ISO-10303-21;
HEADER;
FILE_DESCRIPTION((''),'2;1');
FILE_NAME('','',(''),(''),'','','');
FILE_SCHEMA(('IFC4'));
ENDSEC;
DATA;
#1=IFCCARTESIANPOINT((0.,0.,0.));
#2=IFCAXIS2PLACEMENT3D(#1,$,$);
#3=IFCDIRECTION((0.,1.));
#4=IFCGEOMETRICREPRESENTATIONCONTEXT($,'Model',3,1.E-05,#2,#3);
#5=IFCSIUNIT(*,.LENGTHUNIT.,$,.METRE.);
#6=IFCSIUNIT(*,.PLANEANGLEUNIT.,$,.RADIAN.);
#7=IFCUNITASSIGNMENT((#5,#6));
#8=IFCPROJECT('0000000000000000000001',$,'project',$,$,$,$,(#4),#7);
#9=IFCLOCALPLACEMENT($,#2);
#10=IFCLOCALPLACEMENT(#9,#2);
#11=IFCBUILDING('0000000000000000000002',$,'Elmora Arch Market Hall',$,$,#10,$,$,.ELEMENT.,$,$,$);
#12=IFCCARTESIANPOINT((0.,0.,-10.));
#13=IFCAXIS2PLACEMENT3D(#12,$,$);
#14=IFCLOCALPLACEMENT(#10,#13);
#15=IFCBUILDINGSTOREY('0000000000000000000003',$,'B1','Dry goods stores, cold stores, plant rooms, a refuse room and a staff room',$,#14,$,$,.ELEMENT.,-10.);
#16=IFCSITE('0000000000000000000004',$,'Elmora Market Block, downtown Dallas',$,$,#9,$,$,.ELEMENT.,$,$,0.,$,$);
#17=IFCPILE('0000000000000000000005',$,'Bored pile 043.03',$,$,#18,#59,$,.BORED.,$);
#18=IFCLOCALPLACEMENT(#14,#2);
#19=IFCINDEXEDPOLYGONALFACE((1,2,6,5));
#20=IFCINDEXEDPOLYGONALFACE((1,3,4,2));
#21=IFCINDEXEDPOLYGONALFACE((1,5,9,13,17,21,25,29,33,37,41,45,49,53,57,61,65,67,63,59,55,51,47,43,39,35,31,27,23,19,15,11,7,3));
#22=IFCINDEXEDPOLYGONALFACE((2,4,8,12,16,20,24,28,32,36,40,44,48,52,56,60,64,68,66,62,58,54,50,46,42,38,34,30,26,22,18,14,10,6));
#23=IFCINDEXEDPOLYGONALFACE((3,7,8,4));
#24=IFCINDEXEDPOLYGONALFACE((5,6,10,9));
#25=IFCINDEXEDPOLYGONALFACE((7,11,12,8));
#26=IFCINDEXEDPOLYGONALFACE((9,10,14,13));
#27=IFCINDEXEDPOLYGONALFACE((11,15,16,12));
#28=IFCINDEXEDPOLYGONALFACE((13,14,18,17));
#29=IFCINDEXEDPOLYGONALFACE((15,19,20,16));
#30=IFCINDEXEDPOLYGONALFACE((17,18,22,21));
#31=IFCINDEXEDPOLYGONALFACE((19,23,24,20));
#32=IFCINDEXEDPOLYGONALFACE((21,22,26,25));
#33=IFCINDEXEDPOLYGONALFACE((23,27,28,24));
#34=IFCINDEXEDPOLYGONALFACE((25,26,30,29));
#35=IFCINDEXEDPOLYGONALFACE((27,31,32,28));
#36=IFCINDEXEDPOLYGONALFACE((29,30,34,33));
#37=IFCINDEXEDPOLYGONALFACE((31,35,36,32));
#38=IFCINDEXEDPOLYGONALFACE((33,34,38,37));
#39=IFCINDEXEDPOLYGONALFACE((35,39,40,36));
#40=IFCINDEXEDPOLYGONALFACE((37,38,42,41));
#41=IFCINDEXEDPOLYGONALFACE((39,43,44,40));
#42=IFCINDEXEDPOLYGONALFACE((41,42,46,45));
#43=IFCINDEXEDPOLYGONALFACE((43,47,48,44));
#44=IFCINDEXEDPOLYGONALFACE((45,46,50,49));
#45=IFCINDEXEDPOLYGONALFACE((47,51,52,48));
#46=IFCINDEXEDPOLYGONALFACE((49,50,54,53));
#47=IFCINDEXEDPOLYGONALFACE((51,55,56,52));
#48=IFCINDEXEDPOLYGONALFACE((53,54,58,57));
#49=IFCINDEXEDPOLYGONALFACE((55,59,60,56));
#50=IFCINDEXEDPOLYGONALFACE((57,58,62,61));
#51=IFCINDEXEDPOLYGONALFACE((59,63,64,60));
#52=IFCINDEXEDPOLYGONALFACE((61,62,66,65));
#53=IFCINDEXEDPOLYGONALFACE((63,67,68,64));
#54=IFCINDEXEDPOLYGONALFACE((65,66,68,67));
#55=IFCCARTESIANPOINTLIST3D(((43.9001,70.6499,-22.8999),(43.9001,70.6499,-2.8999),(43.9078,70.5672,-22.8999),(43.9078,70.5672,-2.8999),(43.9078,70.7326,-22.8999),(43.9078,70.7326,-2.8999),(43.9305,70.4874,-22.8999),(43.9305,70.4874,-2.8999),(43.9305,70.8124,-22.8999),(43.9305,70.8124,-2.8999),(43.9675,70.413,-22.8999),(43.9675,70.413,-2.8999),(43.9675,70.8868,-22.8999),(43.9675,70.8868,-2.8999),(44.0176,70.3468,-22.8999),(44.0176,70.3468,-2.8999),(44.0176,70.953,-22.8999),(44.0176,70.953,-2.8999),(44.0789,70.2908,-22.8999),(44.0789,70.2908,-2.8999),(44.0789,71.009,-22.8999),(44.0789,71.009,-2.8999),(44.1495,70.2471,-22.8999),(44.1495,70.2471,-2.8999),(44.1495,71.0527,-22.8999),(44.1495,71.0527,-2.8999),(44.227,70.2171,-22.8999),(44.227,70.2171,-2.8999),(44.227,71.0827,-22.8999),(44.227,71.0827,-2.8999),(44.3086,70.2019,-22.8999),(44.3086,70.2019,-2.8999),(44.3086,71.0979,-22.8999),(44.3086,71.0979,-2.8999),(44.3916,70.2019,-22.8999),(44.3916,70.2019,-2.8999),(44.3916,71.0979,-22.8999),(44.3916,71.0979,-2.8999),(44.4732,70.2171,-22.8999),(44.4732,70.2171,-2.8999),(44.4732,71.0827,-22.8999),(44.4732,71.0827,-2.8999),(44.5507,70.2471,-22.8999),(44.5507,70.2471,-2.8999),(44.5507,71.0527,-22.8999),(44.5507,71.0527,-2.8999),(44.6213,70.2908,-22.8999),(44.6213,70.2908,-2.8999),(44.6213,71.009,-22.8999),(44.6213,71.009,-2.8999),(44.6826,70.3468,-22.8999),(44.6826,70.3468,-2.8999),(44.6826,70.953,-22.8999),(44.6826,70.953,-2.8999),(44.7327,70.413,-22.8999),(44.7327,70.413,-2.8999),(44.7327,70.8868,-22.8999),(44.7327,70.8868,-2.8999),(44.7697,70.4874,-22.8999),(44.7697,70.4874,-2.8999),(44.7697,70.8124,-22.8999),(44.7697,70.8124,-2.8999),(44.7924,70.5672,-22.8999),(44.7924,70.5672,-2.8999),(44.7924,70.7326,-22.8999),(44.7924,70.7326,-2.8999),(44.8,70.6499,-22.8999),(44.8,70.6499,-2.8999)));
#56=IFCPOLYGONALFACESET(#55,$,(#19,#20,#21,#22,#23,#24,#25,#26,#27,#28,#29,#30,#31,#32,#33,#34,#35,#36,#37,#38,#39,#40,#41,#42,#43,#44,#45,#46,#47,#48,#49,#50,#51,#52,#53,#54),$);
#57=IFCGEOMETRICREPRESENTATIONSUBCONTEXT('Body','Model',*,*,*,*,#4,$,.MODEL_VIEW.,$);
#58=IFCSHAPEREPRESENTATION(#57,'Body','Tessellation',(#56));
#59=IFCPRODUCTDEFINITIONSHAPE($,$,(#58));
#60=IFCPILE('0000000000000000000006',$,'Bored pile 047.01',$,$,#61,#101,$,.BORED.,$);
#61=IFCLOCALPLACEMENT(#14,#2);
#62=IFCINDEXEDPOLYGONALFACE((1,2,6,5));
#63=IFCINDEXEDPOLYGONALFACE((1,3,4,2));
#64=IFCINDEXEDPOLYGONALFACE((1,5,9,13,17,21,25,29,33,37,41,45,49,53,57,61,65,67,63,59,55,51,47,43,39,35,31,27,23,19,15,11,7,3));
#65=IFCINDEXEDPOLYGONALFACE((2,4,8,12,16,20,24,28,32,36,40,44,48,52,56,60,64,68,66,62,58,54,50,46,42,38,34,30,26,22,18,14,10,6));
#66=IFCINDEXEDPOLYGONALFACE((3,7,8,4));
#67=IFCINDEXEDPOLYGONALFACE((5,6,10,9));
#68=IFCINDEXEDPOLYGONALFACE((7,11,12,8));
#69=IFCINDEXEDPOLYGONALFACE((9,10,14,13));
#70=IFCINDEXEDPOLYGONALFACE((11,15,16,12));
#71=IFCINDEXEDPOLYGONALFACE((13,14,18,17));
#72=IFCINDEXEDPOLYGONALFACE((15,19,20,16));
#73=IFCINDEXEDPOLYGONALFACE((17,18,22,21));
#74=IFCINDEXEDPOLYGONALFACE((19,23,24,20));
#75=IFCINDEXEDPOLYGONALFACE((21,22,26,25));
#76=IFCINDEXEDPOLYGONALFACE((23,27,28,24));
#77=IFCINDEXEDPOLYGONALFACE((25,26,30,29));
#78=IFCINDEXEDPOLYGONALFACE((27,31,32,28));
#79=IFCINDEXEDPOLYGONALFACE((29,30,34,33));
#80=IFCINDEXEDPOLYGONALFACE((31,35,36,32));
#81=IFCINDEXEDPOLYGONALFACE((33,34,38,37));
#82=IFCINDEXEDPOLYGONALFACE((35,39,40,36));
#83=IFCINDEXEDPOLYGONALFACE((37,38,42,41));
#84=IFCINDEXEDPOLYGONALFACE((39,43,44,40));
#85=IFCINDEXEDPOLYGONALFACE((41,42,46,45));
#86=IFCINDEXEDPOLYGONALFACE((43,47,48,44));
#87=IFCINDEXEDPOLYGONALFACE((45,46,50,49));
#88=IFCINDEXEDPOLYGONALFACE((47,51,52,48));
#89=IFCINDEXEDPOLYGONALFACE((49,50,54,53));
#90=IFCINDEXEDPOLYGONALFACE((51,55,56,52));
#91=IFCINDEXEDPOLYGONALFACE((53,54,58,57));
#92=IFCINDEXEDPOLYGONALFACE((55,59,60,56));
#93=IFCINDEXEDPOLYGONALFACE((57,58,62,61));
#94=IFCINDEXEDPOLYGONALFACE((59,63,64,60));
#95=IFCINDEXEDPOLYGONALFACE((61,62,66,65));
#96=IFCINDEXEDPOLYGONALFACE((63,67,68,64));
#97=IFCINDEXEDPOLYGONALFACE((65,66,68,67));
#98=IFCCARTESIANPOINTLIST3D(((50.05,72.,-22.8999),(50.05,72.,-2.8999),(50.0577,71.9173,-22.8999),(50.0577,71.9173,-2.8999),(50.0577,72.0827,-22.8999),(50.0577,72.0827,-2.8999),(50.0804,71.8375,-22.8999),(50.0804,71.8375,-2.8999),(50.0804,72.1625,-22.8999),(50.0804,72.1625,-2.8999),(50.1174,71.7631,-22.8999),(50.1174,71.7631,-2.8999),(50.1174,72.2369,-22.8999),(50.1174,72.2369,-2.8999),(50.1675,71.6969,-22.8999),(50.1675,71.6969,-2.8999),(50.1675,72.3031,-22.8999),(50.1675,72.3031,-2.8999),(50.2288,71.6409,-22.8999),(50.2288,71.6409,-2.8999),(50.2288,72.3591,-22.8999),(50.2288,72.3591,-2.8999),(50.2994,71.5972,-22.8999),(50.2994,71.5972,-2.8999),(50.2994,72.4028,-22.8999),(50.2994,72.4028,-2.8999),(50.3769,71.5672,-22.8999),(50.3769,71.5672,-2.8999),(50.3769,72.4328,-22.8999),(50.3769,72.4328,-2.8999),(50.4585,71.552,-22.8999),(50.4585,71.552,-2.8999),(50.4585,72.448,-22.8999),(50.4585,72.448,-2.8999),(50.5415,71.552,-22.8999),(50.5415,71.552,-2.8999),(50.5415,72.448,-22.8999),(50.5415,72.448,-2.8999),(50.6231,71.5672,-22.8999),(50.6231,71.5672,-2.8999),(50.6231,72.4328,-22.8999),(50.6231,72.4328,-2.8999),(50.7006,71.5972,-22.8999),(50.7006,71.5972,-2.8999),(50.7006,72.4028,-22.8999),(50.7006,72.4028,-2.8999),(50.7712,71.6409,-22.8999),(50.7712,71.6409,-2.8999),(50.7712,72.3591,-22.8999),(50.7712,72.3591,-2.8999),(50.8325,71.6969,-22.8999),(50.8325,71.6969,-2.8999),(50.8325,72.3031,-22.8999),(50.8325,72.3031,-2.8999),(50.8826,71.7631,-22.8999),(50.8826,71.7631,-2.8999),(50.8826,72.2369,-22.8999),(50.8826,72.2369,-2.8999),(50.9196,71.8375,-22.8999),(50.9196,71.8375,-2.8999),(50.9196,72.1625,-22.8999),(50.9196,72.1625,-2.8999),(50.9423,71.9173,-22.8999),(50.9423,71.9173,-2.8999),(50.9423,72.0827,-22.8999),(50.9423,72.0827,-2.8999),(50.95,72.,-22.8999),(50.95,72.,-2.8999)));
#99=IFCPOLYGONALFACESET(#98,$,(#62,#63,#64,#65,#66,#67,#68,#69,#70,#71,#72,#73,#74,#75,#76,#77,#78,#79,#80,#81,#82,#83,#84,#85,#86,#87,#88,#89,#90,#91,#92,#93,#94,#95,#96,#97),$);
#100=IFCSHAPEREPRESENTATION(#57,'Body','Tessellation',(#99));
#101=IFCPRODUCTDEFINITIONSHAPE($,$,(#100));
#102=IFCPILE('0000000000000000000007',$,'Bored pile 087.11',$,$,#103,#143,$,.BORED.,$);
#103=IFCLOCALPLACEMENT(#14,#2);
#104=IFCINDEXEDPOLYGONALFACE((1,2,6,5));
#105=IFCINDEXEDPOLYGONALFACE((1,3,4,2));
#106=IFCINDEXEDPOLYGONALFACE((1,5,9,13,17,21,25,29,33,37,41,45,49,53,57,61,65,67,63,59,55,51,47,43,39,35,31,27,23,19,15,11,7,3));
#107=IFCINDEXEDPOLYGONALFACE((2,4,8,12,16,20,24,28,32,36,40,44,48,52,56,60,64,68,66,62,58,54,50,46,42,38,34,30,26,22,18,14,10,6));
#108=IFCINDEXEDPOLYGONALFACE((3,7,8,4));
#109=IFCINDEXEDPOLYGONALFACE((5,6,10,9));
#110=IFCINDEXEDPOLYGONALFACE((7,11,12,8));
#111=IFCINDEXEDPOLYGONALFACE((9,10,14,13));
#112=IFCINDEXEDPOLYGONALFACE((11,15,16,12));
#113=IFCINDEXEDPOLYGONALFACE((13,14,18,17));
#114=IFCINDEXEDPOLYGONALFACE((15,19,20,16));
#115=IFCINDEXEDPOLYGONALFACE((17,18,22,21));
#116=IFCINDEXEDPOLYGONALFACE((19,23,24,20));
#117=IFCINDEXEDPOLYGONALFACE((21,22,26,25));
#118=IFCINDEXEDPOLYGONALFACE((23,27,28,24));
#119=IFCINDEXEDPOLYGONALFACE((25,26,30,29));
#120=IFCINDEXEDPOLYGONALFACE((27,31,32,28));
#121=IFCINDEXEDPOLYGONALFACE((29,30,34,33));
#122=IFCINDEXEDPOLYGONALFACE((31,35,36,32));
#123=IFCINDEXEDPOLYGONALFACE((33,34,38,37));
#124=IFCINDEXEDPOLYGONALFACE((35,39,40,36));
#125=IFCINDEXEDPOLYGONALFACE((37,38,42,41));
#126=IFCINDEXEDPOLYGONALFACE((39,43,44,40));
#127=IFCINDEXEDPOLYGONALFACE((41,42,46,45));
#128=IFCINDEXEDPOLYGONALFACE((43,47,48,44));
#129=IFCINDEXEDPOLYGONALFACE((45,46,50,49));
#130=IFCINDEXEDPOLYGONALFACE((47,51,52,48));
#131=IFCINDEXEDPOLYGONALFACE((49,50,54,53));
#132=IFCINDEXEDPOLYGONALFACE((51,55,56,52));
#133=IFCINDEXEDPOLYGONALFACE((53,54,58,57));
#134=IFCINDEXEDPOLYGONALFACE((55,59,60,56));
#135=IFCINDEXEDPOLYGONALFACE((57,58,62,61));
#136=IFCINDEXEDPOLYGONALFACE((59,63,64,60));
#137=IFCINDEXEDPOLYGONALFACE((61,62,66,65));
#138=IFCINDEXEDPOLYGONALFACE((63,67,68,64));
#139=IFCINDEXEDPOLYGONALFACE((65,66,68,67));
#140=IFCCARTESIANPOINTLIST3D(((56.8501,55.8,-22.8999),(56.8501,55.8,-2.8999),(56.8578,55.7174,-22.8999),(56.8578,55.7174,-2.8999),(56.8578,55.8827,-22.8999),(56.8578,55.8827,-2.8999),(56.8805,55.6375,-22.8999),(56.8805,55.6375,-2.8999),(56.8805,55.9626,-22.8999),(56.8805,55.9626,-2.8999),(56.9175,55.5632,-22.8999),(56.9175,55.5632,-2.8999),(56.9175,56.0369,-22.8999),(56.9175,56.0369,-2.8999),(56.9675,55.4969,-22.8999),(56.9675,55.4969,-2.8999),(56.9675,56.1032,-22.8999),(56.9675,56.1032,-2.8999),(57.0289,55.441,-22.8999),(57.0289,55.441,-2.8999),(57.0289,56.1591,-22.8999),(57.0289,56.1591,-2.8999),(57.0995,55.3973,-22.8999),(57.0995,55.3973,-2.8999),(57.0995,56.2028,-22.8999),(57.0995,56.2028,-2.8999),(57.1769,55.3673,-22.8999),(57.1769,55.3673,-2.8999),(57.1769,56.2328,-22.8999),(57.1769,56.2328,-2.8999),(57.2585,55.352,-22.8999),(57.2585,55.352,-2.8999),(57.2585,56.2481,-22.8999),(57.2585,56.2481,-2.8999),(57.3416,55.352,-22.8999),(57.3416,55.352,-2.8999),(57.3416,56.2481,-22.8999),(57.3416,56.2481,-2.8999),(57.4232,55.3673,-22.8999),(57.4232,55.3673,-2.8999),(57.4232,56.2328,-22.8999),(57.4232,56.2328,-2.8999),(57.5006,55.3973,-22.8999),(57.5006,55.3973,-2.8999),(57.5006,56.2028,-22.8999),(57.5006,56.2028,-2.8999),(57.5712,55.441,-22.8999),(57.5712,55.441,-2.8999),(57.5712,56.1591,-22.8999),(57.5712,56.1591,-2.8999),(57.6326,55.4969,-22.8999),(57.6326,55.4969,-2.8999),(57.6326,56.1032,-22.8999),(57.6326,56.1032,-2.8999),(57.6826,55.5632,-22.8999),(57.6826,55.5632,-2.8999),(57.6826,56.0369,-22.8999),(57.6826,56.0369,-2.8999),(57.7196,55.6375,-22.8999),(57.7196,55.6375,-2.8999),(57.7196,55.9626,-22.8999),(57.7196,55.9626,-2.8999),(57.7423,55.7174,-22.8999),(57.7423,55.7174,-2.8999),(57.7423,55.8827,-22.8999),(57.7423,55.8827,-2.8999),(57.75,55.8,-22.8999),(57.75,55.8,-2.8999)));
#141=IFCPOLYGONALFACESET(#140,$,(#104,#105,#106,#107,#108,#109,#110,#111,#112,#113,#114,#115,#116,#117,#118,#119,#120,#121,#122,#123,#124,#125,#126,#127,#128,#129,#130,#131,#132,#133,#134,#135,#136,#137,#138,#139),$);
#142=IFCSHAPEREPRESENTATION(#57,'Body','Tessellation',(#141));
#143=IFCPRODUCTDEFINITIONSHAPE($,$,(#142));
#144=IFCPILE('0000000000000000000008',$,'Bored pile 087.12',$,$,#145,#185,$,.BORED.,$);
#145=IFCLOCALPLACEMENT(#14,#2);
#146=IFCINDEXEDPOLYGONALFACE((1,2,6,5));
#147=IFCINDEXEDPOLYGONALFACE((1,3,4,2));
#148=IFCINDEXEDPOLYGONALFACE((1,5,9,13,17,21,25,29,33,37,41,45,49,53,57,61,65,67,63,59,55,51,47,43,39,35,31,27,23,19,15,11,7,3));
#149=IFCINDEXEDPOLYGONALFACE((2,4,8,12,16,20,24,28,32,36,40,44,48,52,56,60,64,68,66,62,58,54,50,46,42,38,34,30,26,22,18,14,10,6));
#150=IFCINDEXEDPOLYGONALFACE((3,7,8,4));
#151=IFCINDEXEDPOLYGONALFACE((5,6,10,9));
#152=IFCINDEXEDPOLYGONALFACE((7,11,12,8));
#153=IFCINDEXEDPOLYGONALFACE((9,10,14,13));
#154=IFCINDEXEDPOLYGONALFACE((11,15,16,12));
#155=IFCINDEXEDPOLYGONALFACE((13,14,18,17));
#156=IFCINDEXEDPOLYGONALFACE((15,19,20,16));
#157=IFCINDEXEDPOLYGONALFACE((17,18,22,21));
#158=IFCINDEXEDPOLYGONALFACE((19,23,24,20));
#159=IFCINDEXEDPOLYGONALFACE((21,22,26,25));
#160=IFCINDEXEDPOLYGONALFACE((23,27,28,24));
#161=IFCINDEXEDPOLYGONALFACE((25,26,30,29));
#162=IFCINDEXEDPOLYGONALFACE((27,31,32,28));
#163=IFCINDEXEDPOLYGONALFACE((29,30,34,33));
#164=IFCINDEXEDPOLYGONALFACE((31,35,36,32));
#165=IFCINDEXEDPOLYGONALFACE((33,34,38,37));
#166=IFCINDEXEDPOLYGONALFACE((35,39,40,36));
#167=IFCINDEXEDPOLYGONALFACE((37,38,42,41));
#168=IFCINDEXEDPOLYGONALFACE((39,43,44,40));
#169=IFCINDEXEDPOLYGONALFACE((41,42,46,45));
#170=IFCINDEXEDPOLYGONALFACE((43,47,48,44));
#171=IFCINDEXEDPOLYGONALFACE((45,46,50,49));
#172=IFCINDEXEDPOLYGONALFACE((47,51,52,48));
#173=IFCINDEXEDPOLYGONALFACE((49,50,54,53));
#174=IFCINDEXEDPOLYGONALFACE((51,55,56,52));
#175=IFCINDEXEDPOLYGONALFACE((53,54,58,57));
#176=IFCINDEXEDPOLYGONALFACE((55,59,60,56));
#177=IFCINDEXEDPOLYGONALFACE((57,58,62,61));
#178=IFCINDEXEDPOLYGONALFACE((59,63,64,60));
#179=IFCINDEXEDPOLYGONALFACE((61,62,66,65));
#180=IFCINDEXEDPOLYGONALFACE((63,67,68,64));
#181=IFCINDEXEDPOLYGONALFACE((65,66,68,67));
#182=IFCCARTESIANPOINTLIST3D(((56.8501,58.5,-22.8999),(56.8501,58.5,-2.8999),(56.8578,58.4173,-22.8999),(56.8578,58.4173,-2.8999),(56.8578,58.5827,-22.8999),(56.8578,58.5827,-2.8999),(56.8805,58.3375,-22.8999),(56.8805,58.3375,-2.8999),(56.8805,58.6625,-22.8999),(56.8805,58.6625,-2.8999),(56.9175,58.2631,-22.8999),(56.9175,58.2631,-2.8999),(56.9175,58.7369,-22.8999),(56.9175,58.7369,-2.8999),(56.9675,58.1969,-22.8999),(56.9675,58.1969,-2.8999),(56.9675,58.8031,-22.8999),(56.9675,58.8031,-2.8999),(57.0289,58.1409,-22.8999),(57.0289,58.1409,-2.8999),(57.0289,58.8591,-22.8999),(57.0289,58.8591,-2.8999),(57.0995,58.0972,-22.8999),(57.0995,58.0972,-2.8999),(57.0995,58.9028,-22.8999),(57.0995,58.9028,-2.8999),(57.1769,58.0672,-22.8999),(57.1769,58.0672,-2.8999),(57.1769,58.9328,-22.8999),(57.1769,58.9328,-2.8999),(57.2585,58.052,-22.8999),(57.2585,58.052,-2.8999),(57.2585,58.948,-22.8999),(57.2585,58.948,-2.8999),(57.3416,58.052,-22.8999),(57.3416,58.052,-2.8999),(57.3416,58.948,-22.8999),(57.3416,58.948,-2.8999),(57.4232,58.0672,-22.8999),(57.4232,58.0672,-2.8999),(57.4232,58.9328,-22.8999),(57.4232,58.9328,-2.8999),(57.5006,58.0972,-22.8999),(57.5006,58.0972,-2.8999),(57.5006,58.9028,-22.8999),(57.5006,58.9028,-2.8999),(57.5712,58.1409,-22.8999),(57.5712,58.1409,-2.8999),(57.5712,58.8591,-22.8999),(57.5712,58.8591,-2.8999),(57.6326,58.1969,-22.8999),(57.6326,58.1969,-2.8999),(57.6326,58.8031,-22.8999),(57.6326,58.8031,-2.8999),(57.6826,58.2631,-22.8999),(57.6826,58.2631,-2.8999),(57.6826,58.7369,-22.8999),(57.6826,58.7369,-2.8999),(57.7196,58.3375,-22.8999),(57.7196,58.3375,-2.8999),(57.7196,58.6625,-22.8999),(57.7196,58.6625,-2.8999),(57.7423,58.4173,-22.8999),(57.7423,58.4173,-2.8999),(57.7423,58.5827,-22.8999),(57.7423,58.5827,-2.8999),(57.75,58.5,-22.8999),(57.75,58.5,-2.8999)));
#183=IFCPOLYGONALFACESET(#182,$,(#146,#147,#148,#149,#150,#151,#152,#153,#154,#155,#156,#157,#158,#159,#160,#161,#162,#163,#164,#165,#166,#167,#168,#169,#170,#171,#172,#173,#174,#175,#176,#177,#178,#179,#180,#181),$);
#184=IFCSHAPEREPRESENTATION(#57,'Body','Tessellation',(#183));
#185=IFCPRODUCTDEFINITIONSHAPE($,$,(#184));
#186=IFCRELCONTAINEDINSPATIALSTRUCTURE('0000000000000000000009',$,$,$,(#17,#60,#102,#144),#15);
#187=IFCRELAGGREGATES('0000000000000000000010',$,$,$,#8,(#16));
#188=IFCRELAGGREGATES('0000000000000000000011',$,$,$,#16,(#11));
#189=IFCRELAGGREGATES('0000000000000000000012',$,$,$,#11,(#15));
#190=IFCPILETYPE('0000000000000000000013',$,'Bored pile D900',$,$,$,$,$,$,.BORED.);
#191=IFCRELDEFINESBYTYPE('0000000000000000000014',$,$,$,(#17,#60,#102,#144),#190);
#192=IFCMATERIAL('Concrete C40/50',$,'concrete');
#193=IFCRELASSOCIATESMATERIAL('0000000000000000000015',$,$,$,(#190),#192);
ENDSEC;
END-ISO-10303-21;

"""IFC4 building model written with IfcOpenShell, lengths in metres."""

from ifc_helpers import new_model, si_unit, direction, frame, origin, origin_2d, place, context, subcontext, project, spatial, circle, extrude, material, material_profile, profile_set, type_object, element, save


model = new_model("IFC4")

# Units and contexts
model_context = context("Model", 3, precision=1e-05, world=origin(), true_north=direction((0.0, 1.0)))
body_context = subcontext(model_context, "Body", "Model", "MODEL_VIEW")
ifc_project = project(units=[si_unit("LENGTHUNIT", "METRE"), si_unit("PLANEANGLEUNIT", "RADIAN")], contexts=[model_context])

# Site, building, storey
site_placement = place(None, origin())
site = spatial("IfcSite", under=ifc_project, at=site_placement, Name="Elmora Market Block, downtown Dallas", CompositionType="ELEMENT", RefElevation=0.0)
building_placement = place(site_placement, origin())
building = spatial("IfcBuilding", under=site, at=building_placement, Name="Elmora Arch Market Hall", CompositionType="ELEMENT")
storey_placement = place(building_placement, frame((0.0, 0.0, -10.0)))
storey = spatial("IfcBuildingStorey", under=building, at=storey_placement, Name="B1", Description="Dry goods stores, cold stores, plant rooms, a refuse room and a staff room", CompositionType="ELEMENT", Elevation=-10.0)

# Piles
ifc_material_1 = material(Name="Concrete C40/50", Category="concrete")
ifc_material_profile_1 = material_profile(ifc_material_1, circle(Radius=0.45, at=origin_2d()), Name="Bored pile D900")
ifc_profile_set_1 = profile_set([ifc_material_profile_1], Name="Concrete C40/50")
pile_type = type_object("IfcPileType", Name="Bored pile D900", PredefinedType="BORED", material=ifc_profile_set_1)
for number, where, z_axis, x_axis, name in (
    (1, (44.3501, 70.6499, -2.8999), (0.0, 0.0, -1.0), (1.0, 0.0, 0.0), "Bored pile 043.03"),
    (2, (50.5, 72.0, -2.8999), (0.0, 0.0, -1.0), (1.0, 0.0, 0.0), "Bored pile 047.01"),
    (3, (57.3, 55.8, -2.8999), (0.0, 0.0, -1.0), (1.0, 0.0, 0.0), "Bored pile 087.11"),
    (4, (57.3, 58.5, -2.8999), (0.0, 0.0, -1.0), (1.0, 0.0, 0.0), "Bored pile 087.12"),
):
    element("IfcPile", number, at=place(storey_placement, frame(where, z_axis=z_axis, x_axis=x_axis)), inside=storey, type_object=pile_type, Name=name, PredefinedType="BORED", context=body_context, shape_type="SweptSolid", body=[
        extrude(circle(Radius=0.45, at=origin_2d()), origin(), (0.0, 0.0, 1.0), 20.0),
    ])

save(model, "model.ifc")
